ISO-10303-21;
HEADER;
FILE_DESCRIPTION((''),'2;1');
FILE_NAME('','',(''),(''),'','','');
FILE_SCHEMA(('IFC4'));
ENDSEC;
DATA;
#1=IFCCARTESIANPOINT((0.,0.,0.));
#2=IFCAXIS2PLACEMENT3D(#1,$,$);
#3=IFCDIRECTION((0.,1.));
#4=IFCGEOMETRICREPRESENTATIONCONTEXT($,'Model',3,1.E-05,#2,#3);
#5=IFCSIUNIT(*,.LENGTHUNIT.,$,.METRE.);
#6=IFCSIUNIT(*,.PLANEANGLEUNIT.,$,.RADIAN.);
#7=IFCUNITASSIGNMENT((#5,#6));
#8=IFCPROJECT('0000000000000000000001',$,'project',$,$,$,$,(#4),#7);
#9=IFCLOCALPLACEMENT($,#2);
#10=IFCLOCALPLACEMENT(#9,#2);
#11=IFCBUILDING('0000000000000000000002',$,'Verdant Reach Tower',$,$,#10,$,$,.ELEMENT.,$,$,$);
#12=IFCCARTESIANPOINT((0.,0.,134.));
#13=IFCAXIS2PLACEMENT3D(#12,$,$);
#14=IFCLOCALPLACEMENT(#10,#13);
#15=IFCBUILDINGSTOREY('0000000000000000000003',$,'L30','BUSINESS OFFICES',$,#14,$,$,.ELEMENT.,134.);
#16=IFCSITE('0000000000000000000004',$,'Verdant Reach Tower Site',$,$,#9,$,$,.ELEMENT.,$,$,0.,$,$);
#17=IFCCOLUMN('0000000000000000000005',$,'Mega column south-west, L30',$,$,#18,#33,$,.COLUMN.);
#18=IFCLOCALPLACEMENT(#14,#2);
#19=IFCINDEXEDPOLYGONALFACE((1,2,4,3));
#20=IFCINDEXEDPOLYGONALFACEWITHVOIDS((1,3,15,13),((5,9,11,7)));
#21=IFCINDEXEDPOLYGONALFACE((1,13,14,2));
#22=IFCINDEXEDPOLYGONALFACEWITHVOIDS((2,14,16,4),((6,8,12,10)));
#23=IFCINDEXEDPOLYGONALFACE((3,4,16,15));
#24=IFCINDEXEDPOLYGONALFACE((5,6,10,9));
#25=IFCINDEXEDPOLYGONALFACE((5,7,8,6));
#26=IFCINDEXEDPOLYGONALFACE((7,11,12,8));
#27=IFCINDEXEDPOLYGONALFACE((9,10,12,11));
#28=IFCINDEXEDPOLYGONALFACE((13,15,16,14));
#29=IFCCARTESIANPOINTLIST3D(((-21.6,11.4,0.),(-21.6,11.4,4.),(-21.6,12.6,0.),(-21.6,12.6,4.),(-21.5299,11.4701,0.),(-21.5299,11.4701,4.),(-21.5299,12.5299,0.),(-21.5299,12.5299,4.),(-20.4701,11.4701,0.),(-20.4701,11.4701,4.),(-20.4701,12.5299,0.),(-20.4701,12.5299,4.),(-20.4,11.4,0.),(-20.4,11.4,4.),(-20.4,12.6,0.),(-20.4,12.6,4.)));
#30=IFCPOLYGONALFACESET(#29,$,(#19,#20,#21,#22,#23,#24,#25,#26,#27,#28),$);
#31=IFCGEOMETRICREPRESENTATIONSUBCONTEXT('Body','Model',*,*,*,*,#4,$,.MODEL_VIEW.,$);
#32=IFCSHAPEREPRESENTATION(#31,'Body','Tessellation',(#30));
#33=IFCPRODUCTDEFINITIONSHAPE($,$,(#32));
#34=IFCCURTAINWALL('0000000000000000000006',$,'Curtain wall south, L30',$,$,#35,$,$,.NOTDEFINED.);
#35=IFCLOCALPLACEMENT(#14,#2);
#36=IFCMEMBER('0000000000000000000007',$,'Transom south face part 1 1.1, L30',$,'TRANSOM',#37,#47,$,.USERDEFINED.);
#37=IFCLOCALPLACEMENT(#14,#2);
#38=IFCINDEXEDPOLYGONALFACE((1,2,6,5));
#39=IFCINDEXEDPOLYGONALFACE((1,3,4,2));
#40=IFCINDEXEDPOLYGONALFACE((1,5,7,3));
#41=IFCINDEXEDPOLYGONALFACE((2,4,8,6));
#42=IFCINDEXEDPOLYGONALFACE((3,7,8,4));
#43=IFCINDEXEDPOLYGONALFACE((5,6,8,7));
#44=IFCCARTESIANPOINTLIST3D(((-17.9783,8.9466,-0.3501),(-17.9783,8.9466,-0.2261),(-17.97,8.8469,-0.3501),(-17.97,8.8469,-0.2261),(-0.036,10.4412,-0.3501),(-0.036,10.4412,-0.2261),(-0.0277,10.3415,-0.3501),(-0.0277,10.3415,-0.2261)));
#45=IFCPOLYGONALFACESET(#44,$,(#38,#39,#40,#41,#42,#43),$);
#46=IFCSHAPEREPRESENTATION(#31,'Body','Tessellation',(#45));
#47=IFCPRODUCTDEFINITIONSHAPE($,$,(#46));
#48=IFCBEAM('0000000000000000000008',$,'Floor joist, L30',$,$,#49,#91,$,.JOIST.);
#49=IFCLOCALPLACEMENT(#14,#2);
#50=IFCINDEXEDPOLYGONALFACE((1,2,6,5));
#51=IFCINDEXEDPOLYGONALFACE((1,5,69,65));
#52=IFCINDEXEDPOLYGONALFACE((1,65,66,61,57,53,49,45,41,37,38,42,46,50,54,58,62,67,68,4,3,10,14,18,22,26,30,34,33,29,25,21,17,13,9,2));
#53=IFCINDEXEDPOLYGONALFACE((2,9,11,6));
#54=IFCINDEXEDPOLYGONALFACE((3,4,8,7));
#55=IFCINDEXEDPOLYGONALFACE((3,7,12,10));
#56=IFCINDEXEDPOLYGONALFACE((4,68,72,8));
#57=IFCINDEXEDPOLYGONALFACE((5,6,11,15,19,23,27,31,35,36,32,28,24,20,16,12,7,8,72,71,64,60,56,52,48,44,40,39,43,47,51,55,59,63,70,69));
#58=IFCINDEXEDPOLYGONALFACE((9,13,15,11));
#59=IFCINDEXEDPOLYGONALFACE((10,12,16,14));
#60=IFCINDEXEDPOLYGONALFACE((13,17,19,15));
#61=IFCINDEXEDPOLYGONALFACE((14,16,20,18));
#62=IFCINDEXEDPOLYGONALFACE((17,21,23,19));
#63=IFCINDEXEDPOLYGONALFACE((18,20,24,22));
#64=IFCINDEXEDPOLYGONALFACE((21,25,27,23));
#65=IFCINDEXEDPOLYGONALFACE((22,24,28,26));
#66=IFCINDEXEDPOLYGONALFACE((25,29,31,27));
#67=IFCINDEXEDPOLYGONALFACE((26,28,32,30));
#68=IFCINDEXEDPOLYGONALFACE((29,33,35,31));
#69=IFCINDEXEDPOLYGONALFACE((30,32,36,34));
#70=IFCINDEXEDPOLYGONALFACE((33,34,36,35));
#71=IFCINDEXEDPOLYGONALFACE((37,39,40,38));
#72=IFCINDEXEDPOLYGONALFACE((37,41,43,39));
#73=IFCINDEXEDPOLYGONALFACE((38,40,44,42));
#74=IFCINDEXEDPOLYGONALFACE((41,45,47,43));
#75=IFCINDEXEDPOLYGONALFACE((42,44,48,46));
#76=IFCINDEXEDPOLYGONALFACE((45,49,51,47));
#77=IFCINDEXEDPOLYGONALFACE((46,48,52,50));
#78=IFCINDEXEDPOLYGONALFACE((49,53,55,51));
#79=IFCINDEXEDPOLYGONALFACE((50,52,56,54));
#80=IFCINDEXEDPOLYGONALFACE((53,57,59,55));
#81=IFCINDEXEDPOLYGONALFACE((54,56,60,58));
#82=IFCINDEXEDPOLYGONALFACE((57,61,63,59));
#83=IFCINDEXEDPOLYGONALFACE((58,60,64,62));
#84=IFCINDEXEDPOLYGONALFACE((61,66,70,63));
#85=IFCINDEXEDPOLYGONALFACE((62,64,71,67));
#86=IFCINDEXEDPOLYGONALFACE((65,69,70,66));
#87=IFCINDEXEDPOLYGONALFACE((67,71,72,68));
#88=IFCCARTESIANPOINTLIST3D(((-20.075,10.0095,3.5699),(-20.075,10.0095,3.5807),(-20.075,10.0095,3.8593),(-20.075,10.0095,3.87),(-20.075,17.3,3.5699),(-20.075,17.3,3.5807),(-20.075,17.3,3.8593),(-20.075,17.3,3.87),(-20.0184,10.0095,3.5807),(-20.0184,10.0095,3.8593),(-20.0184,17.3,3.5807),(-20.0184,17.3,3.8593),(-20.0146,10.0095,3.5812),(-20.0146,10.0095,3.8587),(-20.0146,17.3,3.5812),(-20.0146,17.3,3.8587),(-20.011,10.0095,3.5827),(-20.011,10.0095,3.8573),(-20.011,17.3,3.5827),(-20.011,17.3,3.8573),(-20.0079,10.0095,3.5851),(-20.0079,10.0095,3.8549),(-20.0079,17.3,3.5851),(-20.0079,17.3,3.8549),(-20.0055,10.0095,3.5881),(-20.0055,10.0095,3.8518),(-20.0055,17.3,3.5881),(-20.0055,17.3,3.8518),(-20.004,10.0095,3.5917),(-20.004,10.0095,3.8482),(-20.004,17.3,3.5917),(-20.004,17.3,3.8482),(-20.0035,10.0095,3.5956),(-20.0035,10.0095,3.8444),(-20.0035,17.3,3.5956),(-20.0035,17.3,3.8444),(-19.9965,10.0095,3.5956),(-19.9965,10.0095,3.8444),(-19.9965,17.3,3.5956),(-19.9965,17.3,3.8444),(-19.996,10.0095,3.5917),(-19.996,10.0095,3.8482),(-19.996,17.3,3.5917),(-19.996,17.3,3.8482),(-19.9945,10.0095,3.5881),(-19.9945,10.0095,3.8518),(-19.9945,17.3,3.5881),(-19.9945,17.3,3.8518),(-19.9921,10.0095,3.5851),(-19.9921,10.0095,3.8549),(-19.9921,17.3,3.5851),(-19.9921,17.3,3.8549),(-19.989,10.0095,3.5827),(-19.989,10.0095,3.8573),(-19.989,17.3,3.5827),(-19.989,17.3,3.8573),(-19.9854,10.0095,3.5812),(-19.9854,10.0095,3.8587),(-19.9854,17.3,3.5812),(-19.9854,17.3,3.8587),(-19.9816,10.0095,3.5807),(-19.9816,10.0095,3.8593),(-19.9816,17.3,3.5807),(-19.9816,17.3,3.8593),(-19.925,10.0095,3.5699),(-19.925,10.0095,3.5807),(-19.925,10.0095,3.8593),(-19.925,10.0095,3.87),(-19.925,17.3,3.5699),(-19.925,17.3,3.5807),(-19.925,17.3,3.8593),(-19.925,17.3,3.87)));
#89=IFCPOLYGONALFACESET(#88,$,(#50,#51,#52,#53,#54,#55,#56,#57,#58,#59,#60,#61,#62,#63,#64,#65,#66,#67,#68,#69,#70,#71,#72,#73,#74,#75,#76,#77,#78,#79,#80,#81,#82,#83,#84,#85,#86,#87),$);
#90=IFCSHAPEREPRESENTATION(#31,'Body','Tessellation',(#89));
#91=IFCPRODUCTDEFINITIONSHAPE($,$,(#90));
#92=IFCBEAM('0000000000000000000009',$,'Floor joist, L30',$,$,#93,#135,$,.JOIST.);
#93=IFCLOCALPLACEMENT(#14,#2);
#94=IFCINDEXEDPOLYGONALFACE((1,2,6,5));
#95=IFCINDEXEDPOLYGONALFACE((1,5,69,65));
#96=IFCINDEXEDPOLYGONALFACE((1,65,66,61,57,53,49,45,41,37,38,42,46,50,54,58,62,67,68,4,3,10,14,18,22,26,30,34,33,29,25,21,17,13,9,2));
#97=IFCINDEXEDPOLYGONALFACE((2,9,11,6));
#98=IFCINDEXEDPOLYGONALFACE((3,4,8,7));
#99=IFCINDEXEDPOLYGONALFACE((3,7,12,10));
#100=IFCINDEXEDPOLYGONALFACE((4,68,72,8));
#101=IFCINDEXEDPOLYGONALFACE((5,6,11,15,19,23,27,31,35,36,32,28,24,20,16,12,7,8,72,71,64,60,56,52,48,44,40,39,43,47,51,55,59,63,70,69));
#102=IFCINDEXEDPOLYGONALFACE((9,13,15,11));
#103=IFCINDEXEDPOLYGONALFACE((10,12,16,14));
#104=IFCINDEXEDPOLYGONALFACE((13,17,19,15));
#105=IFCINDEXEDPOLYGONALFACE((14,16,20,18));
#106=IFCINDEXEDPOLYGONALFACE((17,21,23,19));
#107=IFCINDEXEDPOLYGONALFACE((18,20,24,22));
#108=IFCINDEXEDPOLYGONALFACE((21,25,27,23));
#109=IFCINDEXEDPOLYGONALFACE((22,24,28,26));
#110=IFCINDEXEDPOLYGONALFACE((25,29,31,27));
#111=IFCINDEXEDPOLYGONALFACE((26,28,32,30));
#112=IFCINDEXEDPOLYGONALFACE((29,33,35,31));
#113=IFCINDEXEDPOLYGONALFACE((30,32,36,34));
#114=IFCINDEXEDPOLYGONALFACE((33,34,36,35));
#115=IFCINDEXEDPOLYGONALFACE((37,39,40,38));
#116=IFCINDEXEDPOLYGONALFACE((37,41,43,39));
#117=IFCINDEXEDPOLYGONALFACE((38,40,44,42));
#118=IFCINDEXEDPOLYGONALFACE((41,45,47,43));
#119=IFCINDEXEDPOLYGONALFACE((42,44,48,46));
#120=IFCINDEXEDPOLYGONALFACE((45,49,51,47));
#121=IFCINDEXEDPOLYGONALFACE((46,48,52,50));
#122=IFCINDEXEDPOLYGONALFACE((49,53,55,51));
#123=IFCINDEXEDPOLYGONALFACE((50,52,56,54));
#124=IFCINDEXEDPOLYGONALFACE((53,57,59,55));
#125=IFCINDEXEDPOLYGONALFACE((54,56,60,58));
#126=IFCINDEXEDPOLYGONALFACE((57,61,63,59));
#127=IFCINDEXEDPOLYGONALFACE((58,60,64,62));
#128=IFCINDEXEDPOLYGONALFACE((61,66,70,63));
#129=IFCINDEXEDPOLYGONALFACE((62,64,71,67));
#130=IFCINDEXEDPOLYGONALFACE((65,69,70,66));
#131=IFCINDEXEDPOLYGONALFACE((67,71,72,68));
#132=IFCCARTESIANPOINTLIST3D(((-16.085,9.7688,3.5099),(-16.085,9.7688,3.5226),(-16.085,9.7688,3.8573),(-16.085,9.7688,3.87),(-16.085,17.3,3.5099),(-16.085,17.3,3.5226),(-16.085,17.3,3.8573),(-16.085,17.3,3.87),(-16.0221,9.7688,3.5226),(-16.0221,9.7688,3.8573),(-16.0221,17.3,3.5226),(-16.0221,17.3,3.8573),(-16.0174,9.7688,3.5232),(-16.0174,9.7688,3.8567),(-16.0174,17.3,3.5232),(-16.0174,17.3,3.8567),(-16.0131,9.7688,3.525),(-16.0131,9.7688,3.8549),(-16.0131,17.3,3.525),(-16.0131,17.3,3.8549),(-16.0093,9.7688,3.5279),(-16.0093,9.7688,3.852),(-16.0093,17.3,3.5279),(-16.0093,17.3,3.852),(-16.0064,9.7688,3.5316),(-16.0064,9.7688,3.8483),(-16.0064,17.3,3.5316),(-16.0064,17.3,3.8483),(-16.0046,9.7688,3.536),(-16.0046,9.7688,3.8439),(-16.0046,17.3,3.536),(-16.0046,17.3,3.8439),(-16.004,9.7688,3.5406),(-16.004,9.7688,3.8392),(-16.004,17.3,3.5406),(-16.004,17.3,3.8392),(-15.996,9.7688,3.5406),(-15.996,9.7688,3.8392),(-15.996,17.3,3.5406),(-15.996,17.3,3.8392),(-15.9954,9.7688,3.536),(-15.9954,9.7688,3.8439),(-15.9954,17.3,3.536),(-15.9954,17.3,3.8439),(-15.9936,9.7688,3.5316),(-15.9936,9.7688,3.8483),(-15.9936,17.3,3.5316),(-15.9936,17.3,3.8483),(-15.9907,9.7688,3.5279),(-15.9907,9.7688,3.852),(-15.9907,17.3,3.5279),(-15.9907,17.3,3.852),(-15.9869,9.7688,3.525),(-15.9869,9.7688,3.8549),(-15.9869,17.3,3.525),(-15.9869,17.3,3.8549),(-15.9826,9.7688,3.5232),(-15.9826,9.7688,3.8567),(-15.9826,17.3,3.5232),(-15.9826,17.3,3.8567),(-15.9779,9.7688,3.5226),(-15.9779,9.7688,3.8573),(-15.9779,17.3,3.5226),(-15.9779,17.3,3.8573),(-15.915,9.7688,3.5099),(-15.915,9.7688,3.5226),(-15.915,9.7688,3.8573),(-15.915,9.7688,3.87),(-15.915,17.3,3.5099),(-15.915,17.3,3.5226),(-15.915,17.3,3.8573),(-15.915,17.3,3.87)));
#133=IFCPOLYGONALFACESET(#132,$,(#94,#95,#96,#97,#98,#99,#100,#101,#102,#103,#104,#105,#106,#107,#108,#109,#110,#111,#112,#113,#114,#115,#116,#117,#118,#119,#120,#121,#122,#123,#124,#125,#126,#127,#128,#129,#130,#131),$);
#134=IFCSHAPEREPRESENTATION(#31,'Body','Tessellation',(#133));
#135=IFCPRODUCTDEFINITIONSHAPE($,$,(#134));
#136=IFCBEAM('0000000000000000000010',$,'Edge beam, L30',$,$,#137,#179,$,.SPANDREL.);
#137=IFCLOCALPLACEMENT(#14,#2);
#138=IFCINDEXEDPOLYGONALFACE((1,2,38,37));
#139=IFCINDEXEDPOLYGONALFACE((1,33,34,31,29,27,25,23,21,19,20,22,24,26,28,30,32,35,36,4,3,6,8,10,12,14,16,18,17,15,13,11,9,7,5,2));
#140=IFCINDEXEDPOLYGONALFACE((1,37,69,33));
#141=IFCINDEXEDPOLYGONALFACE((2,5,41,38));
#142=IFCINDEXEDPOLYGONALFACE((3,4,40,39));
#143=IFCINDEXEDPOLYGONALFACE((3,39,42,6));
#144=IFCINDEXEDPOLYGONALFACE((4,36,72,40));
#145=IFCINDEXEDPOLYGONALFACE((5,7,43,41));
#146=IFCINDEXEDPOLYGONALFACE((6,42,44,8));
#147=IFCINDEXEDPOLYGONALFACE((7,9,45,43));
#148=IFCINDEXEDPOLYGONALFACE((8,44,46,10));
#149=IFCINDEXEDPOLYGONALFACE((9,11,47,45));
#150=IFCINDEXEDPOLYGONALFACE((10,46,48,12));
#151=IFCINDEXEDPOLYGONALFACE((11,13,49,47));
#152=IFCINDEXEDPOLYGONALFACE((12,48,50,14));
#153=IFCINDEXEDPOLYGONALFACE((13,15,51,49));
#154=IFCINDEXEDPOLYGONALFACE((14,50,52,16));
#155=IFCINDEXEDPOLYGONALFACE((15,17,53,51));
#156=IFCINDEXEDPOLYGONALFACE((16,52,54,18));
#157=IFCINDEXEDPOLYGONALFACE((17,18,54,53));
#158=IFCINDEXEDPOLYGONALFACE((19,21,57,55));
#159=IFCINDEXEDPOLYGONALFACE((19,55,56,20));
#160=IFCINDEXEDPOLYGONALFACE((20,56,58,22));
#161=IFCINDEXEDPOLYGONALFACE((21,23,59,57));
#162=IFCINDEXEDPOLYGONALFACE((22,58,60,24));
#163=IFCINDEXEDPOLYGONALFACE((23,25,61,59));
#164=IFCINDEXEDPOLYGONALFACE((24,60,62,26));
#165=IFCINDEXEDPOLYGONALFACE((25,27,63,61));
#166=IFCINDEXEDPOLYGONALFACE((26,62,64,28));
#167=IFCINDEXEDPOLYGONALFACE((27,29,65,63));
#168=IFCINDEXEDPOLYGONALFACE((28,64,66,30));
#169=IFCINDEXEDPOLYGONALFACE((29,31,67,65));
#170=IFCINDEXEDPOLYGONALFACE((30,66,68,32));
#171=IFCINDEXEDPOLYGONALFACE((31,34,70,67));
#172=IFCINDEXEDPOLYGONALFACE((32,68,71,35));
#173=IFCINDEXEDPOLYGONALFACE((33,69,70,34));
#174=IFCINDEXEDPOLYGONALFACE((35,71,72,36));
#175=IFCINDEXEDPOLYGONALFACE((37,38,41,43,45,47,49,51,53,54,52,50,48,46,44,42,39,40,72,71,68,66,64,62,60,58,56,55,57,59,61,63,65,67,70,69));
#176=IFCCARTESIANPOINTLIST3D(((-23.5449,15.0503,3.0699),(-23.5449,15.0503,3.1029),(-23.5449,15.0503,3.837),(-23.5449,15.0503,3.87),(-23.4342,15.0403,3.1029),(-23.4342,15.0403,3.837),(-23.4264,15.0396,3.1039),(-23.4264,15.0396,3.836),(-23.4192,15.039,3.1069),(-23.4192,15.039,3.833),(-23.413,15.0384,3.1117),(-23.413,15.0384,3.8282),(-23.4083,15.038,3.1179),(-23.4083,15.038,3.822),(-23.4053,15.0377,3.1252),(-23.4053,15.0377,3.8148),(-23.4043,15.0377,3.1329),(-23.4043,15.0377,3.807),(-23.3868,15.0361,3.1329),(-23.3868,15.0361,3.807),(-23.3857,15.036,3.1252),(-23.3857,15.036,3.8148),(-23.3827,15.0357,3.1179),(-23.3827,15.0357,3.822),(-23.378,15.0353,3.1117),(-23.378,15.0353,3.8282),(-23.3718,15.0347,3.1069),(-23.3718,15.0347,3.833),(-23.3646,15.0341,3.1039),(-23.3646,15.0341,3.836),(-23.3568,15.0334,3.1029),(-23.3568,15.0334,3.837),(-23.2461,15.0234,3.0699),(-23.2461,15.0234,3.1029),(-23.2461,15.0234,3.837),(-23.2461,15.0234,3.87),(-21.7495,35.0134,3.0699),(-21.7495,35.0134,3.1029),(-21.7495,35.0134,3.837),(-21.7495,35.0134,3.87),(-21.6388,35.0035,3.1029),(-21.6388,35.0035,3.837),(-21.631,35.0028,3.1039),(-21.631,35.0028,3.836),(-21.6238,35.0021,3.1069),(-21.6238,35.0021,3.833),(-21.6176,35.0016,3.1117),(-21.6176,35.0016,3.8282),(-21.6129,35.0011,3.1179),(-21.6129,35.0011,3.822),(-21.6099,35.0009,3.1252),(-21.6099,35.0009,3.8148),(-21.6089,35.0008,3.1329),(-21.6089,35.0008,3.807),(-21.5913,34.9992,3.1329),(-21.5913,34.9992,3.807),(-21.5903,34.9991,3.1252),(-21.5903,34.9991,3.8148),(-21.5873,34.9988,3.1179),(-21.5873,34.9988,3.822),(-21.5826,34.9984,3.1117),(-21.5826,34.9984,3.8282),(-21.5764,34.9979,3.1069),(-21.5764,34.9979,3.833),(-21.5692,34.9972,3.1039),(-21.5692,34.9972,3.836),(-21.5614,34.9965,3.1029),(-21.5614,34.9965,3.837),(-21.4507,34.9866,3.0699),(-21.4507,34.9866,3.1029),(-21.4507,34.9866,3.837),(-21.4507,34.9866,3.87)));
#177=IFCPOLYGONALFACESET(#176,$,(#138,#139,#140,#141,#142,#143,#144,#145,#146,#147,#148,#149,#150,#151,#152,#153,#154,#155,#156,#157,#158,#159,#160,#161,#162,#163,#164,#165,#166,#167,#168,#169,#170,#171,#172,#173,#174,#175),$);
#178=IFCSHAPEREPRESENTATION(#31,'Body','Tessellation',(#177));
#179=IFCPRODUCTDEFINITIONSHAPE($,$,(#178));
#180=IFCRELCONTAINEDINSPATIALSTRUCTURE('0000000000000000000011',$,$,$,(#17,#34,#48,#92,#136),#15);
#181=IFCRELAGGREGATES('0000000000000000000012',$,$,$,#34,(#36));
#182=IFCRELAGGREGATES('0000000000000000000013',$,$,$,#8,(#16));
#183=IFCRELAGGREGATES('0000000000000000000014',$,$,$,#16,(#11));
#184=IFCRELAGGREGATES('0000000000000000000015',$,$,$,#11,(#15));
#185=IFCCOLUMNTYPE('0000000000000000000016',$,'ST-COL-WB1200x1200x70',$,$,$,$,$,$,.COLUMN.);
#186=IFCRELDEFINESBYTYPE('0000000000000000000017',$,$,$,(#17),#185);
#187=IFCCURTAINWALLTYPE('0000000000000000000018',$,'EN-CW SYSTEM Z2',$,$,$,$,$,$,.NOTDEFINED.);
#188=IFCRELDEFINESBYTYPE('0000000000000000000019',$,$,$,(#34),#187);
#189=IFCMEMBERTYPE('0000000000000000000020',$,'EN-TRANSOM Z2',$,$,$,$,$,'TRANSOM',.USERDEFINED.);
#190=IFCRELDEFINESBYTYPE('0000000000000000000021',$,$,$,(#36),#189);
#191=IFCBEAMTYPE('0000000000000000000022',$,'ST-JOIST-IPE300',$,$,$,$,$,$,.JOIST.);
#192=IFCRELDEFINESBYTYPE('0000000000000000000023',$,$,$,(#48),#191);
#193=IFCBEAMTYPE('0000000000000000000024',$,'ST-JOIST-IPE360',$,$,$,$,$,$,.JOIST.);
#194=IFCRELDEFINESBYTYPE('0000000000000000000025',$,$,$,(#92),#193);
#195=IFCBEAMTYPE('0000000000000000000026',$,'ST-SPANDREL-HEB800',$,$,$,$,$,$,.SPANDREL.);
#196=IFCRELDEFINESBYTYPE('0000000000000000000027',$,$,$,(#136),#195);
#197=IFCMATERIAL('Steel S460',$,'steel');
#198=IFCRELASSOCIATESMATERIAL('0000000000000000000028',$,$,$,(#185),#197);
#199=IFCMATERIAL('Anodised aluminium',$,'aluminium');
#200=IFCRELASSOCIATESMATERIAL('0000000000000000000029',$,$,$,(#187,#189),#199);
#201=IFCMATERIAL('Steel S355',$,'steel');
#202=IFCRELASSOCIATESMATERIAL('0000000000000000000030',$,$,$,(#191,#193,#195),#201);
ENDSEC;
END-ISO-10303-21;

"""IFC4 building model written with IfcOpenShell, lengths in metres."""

from ifc_helpers import new_model, si_unit, direction, frame, origin, origin_2d, place, context, subcontext, project, spatial, rectangle, hollow_rectangle, i_section, extrude, material, material_profile, profile_set, type_object, element, aggregate, save


model = new_model("IFC4")

# Units and contexts
model_context = context("Model", 3, precision=1e-05, world=origin(), true_north=direction((0.0, 1.0)))
body_context = subcontext(model_context, "Body", "Model", "MODEL_VIEW")
ifc_project = project(units=[si_unit("LENGTHUNIT", "METRE"), si_unit("PLANEANGLEUNIT", "RADIAN")], contexts=[model_context])

# Site, building, storey
site_placement = place(None, origin())
site = spatial("IfcSite", under=ifc_project, at=site_placement, Name="Verdant Reach Tower Site", CompositionType="ELEMENT", RefElevation=0.0)
building_placement = place(site_placement, origin())
building = spatial("IfcBuilding", under=site, at=building_placement, Name="Verdant Reach Tower", CompositionType="ELEMENT")
storey_placement = place(building_placement, frame((0.0, 0.0, 134.0)))
storey = spatial("IfcBuildingStorey", under=building, at=storey_placement, Name="L30", Description="BUSINESS OFFICES", CompositionType="ELEMENT", Elevation=134.0)

# Column
ifc_material_1 = material(Name="Steel S460", Category="steel")
ifc_material_profile_1 = material_profile(ifc_material_1, hollow_rectangle(XDim=1.2, YDim=1.2, WallThickness=0.0701, at=origin_2d()), Name="WB 1200x1200x70")
ifc_profile_set_1 = profile_set([ifc_material_profile_1], Name="Steel S460")
column_type = type_object("IfcColumnType", Name="ST-COL-WB1200x1200x70", PredefinedType="COLUMN", material=ifc_profile_set_1)
column_placement = place(storey_placement, frame((-21.0, 12.0, 0.0), z_axis=(0.0, 0.0, 1.0), x_axis=(1.0, 0.0, 0.0)))
element("IfcColumn", 1, at=column_placement, inside=storey, type_object=column_type, Name="Mega column south-west, L30", PredefinedType="COLUMN", context=body_context, shape_type="SweptSolid", body=[
    extrude(hollow_rectangle(XDim=1.2, YDim=1.2, WallThickness=0.0701, at=origin_2d()), origin(), (0.0, 0.0, 1.0), 4.0),
])

# Curtain wall, member
ifc_material_2 = material(Name="Anodised aluminium", Category="aluminium")
curtain_wall_type = type_object("IfcCurtainWallType", Name="EN-CW SYSTEM Z2", PredefinedType="NOTDEFINED", material=ifc_material_2)
curtain_wall_1_placement = place(storey_placement, origin())
curtain_wall_1 = element("IfcCurtainWall", 2, at=curtain_wall_1_placement, inside=storey, type_object=curtain_wall_type, Name="Curtain wall south, L30", PredefinedType="NOTDEFINED")
ifc_material_profile_2 = material_profile(ifc_material_2, rectangle(XDim=0.1001, YDim=0.124, at=origin_2d()), Name="Transom 124x100")
ifc_profile_set_2 = profile_set([ifc_material_profile_2], Name="Anodised aluminium")
member_type = type_object("IfcMemberType", Name="EN-TRANSOM Z2", ElementType="TRANSOM", PredefinedType="USERDEFINED", material=ifc_profile_set_2)
member_placement = place(storey_placement, frame((-17.9741, 8.8967, -0.2881), z_axis=(0.996548, 0.083015, 0.0), x_axis=(-0.083015, 0.996548, 0.0)))
member = element("IfcMember", 3, at=member_placement, type_object=member_type, Name="Transom south face part 1 1.1, L30", ObjectType="TRANSOM", PredefinedType="USERDEFINED", context=body_context, shape_type="SweptSolid", body=[
    extrude(rectangle(XDim=0.1001, YDim=0.124, at=origin_2d()), origin(), (0.0, 0.0, 1.0), 18.0044),
])

# Beams
ifc_material_3 = material(Name="Steel S355", Category="steel")
ifc_material_profile_3 = material_profile(ifc_material_3, i_section(OverallWidth=0.1499, OverallDepth=0.3, WebThickness=0.0071, FlangeThickness=0.0107, FilletRadius=0.0149, at=origin_2d()), Name="IPE 300")
ifc_profile_set_3 = profile_set([ifc_material_profile_3], Name="Steel S355")
beam_type_1 = type_object("IfcBeamType", Name="ST-JOIST-IPE300", PredefinedType="JOIST", material=ifc_profile_set_3)
beam_1_placement = place(storey_placement, frame((-20.0, 17.3, 3.72), z_axis=(0.0, -1.0, 0.0), x_axis=(1.0, 0.0, 0.0)))
element("IfcBeam", 4, at=beam_1_placement, inside=storey, type_object=beam_type_1, Name="Floor joist, L30", PredefinedType="JOIST", context=body_context, shape_type="SweptSolid", body=[
    extrude(i_section(OverallWidth=0.1499, OverallDepth=0.3, WebThickness=0.0071, FlangeThickness=0.0107, FilletRadius=0.0149, at=origin_2d()), origin(), (0.0, 0.0, 1.0), 7.2905),
])
ifc_material_profile_4 = material_profile(ifc_material_3, i_section(OverallWidth=0.1699, OverallDepth=0.3601, WebThickness=0.0081, FlangeThickness=0.0127, FilletRadius=0.0181, at=origin_2d()), Name="IPE 360")
ifc_profile_set_4 = profile_set([ifc_material_profile_4], Name="Steel S355")
beam_type_2 = type_object("IfcBeamType", Name="ST-JOIST-IPE360", PredefinedType="JOIST", material=ifc_profile_set_4)
beam_2_placement = place(storey_placement, frame((-16.0, 17.3, 3.6899), z_axis=(0.0, -1.0, 0.0), x_axis=(1.0, 0.0, 0.0)))
element("IfcBeam", 5, at=beam_2_placement, inside=storey, type_object=beam_type_2, Name="Floor joist, L30", PredefinedType="JOIST", context=body_context, shape_type="SweptSolid", body=[
    extrude(i_section(OverallWidth=0.1699, OverallDepth=0.3601, WebThickness=0.0081, FlangeThickness=0.0127, FilletRadius=0.0181, at=origin_2d()), origin(), (0.0, 0.0, 1.0), 7.5312),
])
ifc_material_profile_5 = material_profile(ifc_material_3, i_section(OverallWidth=0.3, OverallDepth=0.8, WebThickness=0.0176, FlangeThickness=0.033, FilletRadius=0.03, at=origin_2d()), Name="HEB 800")
ifc_profile_set_5 = profile_set([ifc_material_profile_5], Name="Steel S355")
beam_type_3 = type_object("IfcBeamType", Name="ST-SPANDREL-HEB800", PredefinedType="SPANDREL", material=ifc_profile_set_5)
beam_3_placement = place(storey_placement, frame((-23.3955, 15.0369, 3.47), z_axis=(0.089575, 0.99598, 0.0), x_axis=(-0.99598, 0.089575, 0.0)))
element("IfcBeam", 6, at=beam_3_placement, inside=storey, type_object=beam_type_3, Name="Edge beam, L30", PredefinedType="SPANDREL", context=body_context, shape_type="SweptSolid", body=[
    extrude(i_section(OverallWidth=0.3, OverallDepth=0.8, WebThickness=0.0176, FlangeThickness=0.033, FilletRadius=0.03, at=origin_2d()), origin(), (0.0, 0.0, 1.0), 20.0437),
])

aggregate(curtain_wall_1, [member])

save(model, "model.ifc")
